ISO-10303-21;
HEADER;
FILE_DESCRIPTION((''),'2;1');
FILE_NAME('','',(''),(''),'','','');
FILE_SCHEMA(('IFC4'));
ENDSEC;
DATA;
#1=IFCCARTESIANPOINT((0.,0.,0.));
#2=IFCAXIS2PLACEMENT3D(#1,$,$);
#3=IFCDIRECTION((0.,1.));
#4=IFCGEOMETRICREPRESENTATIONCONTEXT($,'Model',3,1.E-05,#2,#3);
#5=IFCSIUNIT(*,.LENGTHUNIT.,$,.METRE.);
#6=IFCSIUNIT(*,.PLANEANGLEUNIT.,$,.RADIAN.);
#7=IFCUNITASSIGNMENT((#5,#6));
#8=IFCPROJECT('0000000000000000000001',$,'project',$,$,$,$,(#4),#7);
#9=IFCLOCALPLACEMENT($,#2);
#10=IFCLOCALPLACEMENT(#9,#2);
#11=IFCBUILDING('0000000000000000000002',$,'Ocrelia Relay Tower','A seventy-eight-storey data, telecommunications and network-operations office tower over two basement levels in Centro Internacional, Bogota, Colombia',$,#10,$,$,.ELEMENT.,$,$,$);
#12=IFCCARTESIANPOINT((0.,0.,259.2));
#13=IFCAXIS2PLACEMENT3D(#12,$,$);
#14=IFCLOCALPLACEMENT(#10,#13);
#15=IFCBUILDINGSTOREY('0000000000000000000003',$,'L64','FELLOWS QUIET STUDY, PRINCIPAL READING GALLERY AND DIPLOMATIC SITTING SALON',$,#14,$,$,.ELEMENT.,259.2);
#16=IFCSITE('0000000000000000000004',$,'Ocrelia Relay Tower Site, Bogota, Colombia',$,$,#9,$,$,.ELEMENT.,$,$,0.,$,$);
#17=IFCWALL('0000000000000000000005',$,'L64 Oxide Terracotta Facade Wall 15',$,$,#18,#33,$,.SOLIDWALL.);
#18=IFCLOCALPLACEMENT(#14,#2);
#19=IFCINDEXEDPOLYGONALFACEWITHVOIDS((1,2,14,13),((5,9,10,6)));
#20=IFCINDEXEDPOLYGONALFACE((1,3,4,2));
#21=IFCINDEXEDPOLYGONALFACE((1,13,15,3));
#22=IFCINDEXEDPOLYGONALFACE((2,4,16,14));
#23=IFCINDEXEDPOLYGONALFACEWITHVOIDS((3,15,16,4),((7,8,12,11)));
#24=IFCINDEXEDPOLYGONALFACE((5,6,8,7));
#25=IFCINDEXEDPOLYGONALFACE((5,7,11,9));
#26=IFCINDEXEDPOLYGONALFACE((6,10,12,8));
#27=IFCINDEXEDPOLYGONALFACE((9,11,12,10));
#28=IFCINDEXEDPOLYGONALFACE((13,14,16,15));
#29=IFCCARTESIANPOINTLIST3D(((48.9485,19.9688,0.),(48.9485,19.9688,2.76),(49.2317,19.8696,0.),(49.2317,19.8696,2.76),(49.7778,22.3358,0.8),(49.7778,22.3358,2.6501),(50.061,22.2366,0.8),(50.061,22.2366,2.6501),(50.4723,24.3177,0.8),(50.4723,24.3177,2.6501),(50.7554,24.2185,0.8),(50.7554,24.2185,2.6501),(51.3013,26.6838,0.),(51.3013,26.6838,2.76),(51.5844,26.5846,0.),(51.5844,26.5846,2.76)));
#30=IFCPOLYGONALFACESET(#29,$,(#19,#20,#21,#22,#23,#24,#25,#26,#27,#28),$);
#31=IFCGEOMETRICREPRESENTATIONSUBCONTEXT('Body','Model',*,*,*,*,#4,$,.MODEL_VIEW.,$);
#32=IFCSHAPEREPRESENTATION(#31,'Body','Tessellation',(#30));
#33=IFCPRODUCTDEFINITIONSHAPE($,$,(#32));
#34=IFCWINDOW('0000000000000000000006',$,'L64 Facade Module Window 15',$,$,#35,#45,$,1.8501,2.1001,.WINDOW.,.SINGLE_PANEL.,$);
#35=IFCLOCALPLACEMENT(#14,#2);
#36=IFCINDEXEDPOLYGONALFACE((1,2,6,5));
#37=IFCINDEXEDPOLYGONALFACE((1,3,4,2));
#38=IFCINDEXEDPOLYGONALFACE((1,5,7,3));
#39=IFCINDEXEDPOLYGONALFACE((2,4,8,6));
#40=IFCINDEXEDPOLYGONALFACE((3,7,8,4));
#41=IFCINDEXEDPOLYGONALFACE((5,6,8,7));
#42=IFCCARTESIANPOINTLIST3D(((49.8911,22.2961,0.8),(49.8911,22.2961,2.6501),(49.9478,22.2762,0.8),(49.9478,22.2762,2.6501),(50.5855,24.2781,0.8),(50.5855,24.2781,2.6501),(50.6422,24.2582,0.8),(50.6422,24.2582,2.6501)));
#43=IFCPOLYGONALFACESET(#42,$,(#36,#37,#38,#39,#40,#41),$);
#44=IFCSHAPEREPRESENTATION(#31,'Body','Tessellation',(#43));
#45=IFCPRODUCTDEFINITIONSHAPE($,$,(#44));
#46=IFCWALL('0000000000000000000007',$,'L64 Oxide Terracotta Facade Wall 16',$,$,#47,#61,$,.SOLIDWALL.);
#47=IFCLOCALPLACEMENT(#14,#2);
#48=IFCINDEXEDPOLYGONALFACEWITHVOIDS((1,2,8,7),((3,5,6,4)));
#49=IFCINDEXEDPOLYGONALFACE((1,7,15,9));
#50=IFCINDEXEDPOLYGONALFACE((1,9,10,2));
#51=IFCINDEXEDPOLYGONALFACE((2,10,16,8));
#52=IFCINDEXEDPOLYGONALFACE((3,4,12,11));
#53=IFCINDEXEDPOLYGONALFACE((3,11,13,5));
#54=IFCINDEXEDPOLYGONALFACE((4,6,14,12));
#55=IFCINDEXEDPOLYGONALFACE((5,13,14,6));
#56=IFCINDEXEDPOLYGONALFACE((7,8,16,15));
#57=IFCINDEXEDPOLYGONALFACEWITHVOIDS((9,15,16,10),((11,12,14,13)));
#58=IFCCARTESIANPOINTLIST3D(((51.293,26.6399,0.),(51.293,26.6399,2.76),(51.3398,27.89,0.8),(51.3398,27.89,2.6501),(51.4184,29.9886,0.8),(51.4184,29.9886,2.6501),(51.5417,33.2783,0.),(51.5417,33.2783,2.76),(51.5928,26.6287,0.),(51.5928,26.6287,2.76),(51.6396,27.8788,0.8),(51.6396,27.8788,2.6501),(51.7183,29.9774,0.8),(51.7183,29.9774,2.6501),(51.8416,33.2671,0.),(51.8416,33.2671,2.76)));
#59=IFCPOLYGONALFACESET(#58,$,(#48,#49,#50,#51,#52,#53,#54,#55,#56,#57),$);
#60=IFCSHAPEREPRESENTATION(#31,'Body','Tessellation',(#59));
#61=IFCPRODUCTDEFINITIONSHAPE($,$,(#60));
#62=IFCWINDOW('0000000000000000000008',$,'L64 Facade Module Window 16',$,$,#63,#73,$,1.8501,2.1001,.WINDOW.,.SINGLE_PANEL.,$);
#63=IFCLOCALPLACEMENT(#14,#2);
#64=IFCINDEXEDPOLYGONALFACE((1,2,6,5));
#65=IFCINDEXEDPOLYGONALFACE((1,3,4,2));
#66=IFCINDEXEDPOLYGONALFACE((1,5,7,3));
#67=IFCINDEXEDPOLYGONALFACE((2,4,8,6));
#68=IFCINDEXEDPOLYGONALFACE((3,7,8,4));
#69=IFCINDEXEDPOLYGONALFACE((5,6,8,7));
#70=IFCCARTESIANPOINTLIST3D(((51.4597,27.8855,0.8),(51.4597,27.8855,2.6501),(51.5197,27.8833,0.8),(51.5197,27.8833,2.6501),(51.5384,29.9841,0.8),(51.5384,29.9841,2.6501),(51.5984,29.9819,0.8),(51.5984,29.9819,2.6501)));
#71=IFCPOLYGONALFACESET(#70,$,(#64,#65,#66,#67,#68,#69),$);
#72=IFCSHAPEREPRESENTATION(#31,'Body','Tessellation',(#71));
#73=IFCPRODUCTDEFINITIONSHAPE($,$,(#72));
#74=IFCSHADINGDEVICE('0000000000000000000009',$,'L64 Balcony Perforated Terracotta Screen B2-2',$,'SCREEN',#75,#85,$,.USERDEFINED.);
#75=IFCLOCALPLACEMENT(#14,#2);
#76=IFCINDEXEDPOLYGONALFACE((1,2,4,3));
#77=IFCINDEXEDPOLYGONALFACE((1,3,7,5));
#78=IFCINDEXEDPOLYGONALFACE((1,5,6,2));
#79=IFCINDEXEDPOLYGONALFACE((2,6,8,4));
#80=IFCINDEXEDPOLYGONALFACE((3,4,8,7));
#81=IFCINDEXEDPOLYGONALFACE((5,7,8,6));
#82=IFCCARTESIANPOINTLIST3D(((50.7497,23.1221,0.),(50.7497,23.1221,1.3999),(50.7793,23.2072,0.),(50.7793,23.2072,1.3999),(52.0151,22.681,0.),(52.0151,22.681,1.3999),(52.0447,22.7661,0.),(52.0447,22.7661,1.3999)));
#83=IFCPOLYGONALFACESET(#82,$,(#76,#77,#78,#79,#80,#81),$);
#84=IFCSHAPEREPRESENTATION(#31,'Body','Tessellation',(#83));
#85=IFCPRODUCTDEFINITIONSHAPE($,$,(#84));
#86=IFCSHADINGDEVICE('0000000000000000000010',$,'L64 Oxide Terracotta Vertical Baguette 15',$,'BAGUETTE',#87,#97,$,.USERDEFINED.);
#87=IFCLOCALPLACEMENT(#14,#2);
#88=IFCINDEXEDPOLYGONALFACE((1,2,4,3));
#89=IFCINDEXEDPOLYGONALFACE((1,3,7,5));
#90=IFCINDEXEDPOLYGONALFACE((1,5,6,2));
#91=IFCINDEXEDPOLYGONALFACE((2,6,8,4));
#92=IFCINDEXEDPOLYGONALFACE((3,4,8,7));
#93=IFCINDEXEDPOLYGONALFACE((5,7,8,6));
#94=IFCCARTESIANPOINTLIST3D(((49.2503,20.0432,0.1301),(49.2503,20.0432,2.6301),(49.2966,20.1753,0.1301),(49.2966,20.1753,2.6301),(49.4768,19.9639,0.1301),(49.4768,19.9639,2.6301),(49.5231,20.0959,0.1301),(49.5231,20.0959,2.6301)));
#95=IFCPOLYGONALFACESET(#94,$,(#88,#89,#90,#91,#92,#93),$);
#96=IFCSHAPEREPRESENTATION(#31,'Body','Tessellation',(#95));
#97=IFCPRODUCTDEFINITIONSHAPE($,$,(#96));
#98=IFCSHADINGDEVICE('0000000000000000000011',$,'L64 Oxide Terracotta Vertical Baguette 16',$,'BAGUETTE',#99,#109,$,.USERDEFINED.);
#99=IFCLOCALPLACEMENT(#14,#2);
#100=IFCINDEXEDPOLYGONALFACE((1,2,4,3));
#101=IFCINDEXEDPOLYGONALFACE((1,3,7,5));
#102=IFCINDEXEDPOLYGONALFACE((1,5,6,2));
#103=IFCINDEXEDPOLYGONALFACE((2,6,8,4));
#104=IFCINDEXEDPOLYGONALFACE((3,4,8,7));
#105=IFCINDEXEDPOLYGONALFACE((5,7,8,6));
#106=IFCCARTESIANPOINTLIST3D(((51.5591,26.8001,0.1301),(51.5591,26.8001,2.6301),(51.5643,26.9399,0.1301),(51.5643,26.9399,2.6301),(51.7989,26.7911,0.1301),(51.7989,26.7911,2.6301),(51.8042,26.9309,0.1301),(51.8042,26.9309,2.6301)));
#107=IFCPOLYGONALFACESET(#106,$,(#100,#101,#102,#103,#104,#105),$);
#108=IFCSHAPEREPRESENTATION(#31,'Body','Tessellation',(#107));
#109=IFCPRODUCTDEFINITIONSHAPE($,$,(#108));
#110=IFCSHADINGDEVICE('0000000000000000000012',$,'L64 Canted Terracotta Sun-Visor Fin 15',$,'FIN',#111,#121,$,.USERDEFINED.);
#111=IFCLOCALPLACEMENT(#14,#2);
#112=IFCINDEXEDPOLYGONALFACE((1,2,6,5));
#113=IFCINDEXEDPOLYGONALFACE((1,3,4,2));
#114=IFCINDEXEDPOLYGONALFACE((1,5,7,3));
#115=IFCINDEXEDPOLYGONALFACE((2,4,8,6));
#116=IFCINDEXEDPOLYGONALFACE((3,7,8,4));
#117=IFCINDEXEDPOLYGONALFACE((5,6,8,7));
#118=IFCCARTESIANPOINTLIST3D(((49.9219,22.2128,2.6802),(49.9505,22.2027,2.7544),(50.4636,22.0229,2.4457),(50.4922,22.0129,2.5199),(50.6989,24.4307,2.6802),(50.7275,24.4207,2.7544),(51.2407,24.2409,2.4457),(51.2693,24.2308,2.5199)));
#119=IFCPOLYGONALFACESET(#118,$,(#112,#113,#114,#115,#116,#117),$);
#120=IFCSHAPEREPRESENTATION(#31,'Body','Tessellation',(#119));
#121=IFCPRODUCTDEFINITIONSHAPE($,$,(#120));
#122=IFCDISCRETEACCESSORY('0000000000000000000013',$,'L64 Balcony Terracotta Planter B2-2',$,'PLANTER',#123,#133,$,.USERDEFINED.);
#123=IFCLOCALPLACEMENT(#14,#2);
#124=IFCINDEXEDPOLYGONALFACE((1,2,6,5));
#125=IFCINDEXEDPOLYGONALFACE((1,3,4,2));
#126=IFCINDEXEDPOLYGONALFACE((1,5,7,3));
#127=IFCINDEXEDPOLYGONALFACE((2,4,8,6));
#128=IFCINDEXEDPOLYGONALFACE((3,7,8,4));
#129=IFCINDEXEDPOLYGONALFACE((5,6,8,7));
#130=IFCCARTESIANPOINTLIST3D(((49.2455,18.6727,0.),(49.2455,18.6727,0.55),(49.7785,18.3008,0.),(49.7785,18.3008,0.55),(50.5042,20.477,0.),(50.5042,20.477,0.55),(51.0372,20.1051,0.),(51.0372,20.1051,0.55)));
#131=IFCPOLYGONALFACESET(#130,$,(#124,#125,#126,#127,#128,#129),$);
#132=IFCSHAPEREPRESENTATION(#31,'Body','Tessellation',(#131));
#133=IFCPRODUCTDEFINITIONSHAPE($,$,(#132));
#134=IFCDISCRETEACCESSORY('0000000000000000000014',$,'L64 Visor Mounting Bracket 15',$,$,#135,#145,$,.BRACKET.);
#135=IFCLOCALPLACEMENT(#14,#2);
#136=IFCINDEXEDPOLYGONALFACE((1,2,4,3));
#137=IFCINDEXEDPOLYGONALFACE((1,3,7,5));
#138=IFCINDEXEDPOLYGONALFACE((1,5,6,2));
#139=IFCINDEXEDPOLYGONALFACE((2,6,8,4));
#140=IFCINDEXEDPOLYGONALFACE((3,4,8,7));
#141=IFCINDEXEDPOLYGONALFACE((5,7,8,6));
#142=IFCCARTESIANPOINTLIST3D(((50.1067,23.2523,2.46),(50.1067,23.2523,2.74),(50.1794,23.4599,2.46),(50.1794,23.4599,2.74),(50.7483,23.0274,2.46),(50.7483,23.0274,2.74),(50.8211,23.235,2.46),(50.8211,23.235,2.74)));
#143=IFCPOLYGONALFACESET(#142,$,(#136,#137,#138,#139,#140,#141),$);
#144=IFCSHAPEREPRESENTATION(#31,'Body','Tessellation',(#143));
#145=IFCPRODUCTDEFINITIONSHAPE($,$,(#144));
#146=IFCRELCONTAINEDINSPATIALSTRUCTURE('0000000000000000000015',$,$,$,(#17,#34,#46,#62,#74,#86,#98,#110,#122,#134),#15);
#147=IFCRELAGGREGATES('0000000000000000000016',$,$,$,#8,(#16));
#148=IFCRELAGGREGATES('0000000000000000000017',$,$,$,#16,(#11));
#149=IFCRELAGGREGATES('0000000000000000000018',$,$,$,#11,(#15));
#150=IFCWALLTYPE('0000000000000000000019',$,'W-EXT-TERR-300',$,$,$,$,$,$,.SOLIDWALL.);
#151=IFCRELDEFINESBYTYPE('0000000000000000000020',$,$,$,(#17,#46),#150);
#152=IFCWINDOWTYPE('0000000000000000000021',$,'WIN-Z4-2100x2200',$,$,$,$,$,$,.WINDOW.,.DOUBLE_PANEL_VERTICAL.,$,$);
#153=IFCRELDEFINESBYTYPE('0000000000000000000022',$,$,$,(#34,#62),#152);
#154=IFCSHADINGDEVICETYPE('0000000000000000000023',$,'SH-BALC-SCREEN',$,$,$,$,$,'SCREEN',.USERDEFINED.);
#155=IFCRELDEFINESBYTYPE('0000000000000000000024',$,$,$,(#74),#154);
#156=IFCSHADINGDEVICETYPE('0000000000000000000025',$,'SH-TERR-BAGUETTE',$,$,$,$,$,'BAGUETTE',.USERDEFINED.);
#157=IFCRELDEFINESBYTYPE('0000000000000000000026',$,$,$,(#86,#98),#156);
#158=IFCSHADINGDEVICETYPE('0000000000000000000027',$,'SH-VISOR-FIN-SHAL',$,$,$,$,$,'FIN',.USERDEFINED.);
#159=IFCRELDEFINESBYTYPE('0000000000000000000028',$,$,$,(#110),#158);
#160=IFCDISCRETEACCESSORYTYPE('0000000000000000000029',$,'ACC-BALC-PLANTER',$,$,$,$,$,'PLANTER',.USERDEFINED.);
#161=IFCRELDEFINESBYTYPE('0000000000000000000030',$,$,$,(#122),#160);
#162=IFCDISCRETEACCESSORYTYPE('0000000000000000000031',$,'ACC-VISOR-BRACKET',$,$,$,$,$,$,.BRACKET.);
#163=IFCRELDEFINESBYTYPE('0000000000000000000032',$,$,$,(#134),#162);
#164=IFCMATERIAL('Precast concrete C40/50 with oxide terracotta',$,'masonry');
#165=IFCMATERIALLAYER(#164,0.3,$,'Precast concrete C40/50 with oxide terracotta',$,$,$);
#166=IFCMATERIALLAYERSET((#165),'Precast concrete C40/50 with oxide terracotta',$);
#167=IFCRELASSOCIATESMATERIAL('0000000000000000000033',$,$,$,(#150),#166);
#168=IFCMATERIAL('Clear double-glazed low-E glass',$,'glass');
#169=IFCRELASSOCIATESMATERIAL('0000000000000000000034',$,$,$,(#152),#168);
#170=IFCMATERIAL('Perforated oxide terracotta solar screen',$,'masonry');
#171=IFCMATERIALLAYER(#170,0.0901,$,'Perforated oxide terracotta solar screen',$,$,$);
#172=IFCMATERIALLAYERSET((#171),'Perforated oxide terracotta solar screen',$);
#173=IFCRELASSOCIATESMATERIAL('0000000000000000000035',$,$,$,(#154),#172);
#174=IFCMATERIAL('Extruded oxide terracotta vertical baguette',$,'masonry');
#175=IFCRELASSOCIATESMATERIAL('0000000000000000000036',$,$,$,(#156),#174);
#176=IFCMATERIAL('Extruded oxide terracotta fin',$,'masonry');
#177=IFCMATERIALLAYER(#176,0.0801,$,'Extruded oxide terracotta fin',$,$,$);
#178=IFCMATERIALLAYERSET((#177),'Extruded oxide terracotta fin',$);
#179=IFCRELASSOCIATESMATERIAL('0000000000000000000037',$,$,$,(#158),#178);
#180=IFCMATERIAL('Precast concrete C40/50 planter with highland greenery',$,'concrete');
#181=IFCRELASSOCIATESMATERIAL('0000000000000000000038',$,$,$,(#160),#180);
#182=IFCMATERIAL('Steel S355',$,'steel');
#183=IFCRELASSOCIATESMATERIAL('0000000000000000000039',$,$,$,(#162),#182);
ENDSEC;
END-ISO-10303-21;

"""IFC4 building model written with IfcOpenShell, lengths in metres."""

from ifc_helpers import new_model, si_unit, direction, frame, frame_2d, origin, origin_2d, place, context, subcontext, project, spatial, rectangle, extrude, material, layer, layer_set, type_object, element, fill, save


model = new_model("IFC4")

# Units and contexts
model_context = context("Model", 3, precision=1e-05, world=origin(), true_north=direction((0.0, 1.0)))
body_context = subcontext(model_context, "Body", "Model", "MODEL_VIEW")
ifc_project = project(units=[si_unit("LENGTHUNIT", "METRE"), si_unit("PLANEANGLEUNIT", "RADIAN")], contexts=[model_context])

# Site, building, storey
site_placement = place(None, origin())
site = spatial("IfcSite", under=ifc_project, at=site_placement, Name="Ocrelia Relay Tower Site, Bogota, Colombia", CompositionType="ELEMENT", RefElevation=0.0)
building_placement = place(site_placement, origin())
building = spatial("IfcBuilding", under=site, at=building_placement, Name="Ocrelia Relay Tower", Description="A seventy-eight-storey data, telecommunications and network-operations office tower over two basement levels in Centro Internacional, Bogota, Colombia", CompositionType="ELEMENT")
storey_placement = place(building_placement, frame((0.0, 0.0, 259.2)))
storey = spatial("IfcBuildingStorey", under=building, at=storey_placement, Name="L64", Description="FELLOWS QUIET STUDY, PRINCIPAL READING GALLERY AND DIPLOMATIC SITTING SALON", CompositionType="ELEMENT", Elevation=259.2)

# Shared definitions
ifc_material_1 = material(Name="Steel S355", Category="steel")

# Walls, openings, windows
ifc_material_2 = material(Name="Precast concrete C40/50 with oxide terracotta", Category="masonry")
ifc_layer_1 = layer(ifc_material_2, 0.3, Name="Precast concrete C40/50 with oxide terracotta")
ifc_layer_set_1 = layer_set([ifc_layer_1], Name="Precast concrete C40/50 with oxide terracotta")
wall_type_1 = type_object("IfcWallType", Name="W-EXT-TERR-300", PredefinedType="SOLIDWALL", material=ifc_layer_set_1)
wall_1_placement = place(storey_placement, frame((49.0901, 19.9192, 0.0), z_axis=(0.0, 0.0, 1.0), x_axis=(0.330664, 0.943749, 0.0)))
wall_1 = element("IfcWall", 1, at=wall_1_placement, inside=storey, type_object=wall_type_1, Name="L64 Oxide Terracotta Facade Wall 15", PredefinedType="SOLIDWALL", context=body_context, shape_type="SweptSolid", body=[
    extrude(rectangle(XDim=7.1152, YDim=0.3, at=frame_2d((3.5576, 0.0))), origin(), (0.0, 0.0, 1.0), 2.76),
])
opening_1_placement = place(wall_1_placement, frame((2.5081, 0.0, 0.8)))
opening_1 = element("IfcOpeningElement", 2, at=opening_1_placement, cuts=wall_1, PredefinedType="OPENING", context=body_context, shape_type="SweptSolid", body=[
    extrude(rectangle(XDim=2.1001, YDim=1.8501, at=frame_2d((1.05, 0.925))), frame((0.0, 0.1602, 0.0), z_axis=(0.0, -1.0, 0.0), x_axis=(1.0, 0.0, 0.0)), (0.0, 0.0, 1.0), 0.3201),
])
ifc_material_3 = material(Name="Clear double-glazed low-E glass", Category="glass")
window_type = type_object("IfcWindowType", Name="WIN-Z4-2100x2200", PartitioningType="DOUBLE_PANEL_VERTICAL", PredefinedType="WINDOW", material=ifc_material_3)
window_1_placement = place(opening_1_placement, origin())
window_1 = element("IfcWindow", 3, at=window_1_placement, inside=storey, type_object=window_type, Name="L64 Facade Module Window 15", OverallHeight=1.8501, OverallWidth=2.1001, PartitioningType="SINGLE_PANEL", PredefinedType="WINDOW", context=body_context, shape_type="SweptSolid", body=[
    extrude(rectangle(XDim=2.1001, YDim=1.8501, at=frame_2d((1.05, 0.925))), frame((0.0, 0.03, 0.0), z_axis=(0.0, -1.0, 0.0), x_axis=(1.0, 0.0, 0.0)), (0.0, 0.0, 1.0), 0.0601),
])
fill(opening_1, window_1)
wall_2_placement = place(storey_placement, frame((51.4429, 26.6343, 0.0), z_axis=(0.0, 0.0, 1.0), x_axis=(0.037449, 0.999299, 0.0)))
wall_2 = element("IfcWall", 4, at=wall_2_placement, inside=storey, type_object=wall_type_1, Name="L64 Oxide Terracotta Facade Wall 16", PredefinedType="SOLIDWALL", context=body_context, shape_type="SweptSolid", body=[
    extrude(rectangle(XDim=6.6431, YDim=0.3, at=frame_2d((3.3215, 0.0))), origin(), (0.0, 0.0, 1.0), 2.76),
])
opening_2_placement = place(wall_2_placement, frame((1.251, 0.0, 0.8)))
opening_2 = element("IfcOpeningElement", 5, at=opening_2_placement, cuts=wall_2, PredefinedType="OPENING", context=body_context, shape_type="SweptSolid", body=[
    extrude(rectangle(XDim=2.1001, YDim=1.8501, at=frame_2d((1.05, 0.925))), frame((0.0, 0.1602, 0.0), z_axis=(0.0, -1.0, 0.0), x_axis=(1.0, 0.0, 0.0)), (0.0, 0.0, 1.0), 0.3201),
])
window_2_placement = place(opening_2_placement, origin())
window_2 = element("IfcWindow", 6, at=window_2_placement, inside=storey, type_object=window_type, Name="L64 Facade Module Window 16", OverallHeight=1.8501, OverallWidth=2.1001, PartitioningType="SINGLE_PANEL", PredefinedType="WINDOW", context=body_context, shape_type="SweptSolid", body=[
    extrude(rectangle(XDim=2.1001, YDim=1.8501, at=frame_2d((1.05, 0.925))), frame((0.0, 0.03, 0.0), z_axis=(0.0, -1.0, 0.0), x_axis=(1.0, 0.0, 0.0)), (0.0, 0.0, 1.0), 0.0601),
])
fill(opening_2, window_2)

# Shading devices
ifc_material_4 = material(Name="Perforated oxide terracotta solar screen", Category="masonry")
ifc_layer_2 = layer(ifc_material_4, 0.0901, Name="Perforated oxide terracotta solar screen")
ifc_layer_set_2 = layer_set([ifc_layer_2], Name="Perforated oxide terracotta solar screen")
shading_device_type_1 = type_object("IfcShadingDeviceType", Name="SH-BALC-SCREEN", ElementType="SCREEN", PredefinedType="USERDEFINED", material=ifc_layer_set_2)
shading_device_1_placement = place(storey_placement, frame((51.3972, 22.9441, 0.0), z_axis=(0.0, 0.0, 1.0), x_axis=(0.944267, -0.32918, 0.0)))
element("IfcShadingDevice", 7, at=shading_device_1_placement, inside=storey, type_object=shading_device_type_1, Name="L64 Balcony Perforated Terracotta Screen B2-2", ObjectType="SCREEN", PredefinedType="USERDEFINED", context=body_context, shape_type="SweptSolid", body=[
    extrude(rectangle(XDim=1.3401, YDim=0.0901, at=origin_2d()), origin(), (0.0, 0.0, 1.0), 1.3999),
])
ifc_material_5 = material(Name="Extruded oxide terracotta vertical baguette", Category="masonry")
shading_device_type_2 = type_object("IfcShadingDeviceType", Name="SH-TERR-BAGUETTE", ElementType="BAGUETTE", PredefinedType="USERDEFINED", material=ifc_material_5)
for number, where, z_axis, x_axis, name in (
    (8, (49.3867, 20.0696, 0.1301), (0.0, 0.0, 1.0), (0.330657, 0.943751, 0.0), "L64 Oxide Terracotta Vertical Baguette 15"),
    (9, (51.6816, 26.8655, 0.1301), (0.0, 0.0, 1.0), (0.037452, 0.999298, 0.0), "L64 Oxide Terracotta Vertical Baguette 16"),
):
    element("IfcShadingDevice", number, at=place(storey_placement, frame(where, z_axis=z_axis, x_axis=x_axis)), inside=storey, type_object=shading_device_type_2, Name=name, ObjectType="BAGUETTE", PredefinedType="USERDEFINED", context=body_context, shape_type="SweptSolid", body=[
        extrude(rectangle(XDim=0.1399, YDim=0.24, at=origin_2d()), origin(), (0.0, 0.0, 1.0), 2.5),
    ])
ifc_material_6 = material(Name="Extruded oxide terracotta fin", Category="masonry")
ifc_layer_3 = layer(ifc_material_6, 0.0801, Name="Extruded oxide terracotta fin")
ifc_layer_set_3 = layer_set([ifc_layer_3], Name="Extruded oxide terracotta fin")
shading_device_type_3 = type_object("IfcShadingDeviceType", Name="SH-VISOR-FIN-SHAL", ElementType="FIN", PredefinedType="USERDEFINED", material=ifc_layer_set_3)
shading_device_2_placement = place(storey_placement, frame((50.5813, 23.2268, 2.563), z_axis=(0.356893, -0.125043, 0.925739), x_axis=(0.330657, 0.943751, 0.0)))
element("IfcShadingDevice", 10, at=shading_device_2_placement, inside=storey, type_object=shading_device_type_3, Name="L64 Canted Terracotta Sun-Visor Fin 15", ObjectType="FIN", PredefinedType="USERDEFINED", context=body_context, shape_type="SweptSolid", body=[
    extrude(rectangle(XDim=2.3501, YDim=0.6201, at=origin_2d()), origin(), (0.0, 0.0, 1.0), 0.0801),
])

# Discrete accessories
ifc_material_7 = material(Name="Precast concrete C40/50 planter with highland greenery", Category="concrete")
discrete_accessory_type_1 = type_object("IfcDiscreteAccessoryType", Name="ACC-BALC-PLANTER", ElementType="PLANTER", PredefinedType="USERDEFINED", material=ifc_material_7)
discrete_accessory_1_placement = place(storey_placement, frame((50.1414, 19.3889, 0.0), z_axis=(0.0, 0.0, 1.0), x_axis=(-0.572141, -0.820155, 0.0)))
element("IfcDiscreteAccessory", 11, at=discrete_accessory_1_placement, inside=storey, type_object=discrete_accessory_type_1, Name="L64 Balcony Terracotta Planter B2-2", ObjectType="PLANTER", PredefinedType="USERDEFINED", context=body_context, shape_type="SweptSolid", body=[
    extrude(rectangle(XDim=2.2, YDim=0.6499, at=origin_2d()), origin(), (0.0, 0.0, 1.0), 0.55),
])
discrete_accessory_type_2 = type_object("IfcDiscreteAccessoryType", Name="ACC-VISOR-BRACKET", PredefinedType="BRACKET", material=ifc_material_1)
discrete_accessory_2_placement = place(storey_placement, frame((50.4639, 23.2437, 2.46), z_axis=(0.0, 0.0, 1.0), x_axis=(0.330657, 0.943751, 0.0)))
element("IfcDiscreteAccessory", 12, at=discrete_accessory_2_placement, inside=storey, type_object=discrete_accessory_type_2, Name="L64 Visor Mounting Bracket 15", PredefinedType="BRACKET", context=body_context, shape_type="SweptSolid", body=[
    extrude(rectangle(XDim=0.22, YDim=0.6799, at=origin_2d()), origin(), (0.0, 0.0, 1.0), 0.28),
])

save(model, "model.ifc")
